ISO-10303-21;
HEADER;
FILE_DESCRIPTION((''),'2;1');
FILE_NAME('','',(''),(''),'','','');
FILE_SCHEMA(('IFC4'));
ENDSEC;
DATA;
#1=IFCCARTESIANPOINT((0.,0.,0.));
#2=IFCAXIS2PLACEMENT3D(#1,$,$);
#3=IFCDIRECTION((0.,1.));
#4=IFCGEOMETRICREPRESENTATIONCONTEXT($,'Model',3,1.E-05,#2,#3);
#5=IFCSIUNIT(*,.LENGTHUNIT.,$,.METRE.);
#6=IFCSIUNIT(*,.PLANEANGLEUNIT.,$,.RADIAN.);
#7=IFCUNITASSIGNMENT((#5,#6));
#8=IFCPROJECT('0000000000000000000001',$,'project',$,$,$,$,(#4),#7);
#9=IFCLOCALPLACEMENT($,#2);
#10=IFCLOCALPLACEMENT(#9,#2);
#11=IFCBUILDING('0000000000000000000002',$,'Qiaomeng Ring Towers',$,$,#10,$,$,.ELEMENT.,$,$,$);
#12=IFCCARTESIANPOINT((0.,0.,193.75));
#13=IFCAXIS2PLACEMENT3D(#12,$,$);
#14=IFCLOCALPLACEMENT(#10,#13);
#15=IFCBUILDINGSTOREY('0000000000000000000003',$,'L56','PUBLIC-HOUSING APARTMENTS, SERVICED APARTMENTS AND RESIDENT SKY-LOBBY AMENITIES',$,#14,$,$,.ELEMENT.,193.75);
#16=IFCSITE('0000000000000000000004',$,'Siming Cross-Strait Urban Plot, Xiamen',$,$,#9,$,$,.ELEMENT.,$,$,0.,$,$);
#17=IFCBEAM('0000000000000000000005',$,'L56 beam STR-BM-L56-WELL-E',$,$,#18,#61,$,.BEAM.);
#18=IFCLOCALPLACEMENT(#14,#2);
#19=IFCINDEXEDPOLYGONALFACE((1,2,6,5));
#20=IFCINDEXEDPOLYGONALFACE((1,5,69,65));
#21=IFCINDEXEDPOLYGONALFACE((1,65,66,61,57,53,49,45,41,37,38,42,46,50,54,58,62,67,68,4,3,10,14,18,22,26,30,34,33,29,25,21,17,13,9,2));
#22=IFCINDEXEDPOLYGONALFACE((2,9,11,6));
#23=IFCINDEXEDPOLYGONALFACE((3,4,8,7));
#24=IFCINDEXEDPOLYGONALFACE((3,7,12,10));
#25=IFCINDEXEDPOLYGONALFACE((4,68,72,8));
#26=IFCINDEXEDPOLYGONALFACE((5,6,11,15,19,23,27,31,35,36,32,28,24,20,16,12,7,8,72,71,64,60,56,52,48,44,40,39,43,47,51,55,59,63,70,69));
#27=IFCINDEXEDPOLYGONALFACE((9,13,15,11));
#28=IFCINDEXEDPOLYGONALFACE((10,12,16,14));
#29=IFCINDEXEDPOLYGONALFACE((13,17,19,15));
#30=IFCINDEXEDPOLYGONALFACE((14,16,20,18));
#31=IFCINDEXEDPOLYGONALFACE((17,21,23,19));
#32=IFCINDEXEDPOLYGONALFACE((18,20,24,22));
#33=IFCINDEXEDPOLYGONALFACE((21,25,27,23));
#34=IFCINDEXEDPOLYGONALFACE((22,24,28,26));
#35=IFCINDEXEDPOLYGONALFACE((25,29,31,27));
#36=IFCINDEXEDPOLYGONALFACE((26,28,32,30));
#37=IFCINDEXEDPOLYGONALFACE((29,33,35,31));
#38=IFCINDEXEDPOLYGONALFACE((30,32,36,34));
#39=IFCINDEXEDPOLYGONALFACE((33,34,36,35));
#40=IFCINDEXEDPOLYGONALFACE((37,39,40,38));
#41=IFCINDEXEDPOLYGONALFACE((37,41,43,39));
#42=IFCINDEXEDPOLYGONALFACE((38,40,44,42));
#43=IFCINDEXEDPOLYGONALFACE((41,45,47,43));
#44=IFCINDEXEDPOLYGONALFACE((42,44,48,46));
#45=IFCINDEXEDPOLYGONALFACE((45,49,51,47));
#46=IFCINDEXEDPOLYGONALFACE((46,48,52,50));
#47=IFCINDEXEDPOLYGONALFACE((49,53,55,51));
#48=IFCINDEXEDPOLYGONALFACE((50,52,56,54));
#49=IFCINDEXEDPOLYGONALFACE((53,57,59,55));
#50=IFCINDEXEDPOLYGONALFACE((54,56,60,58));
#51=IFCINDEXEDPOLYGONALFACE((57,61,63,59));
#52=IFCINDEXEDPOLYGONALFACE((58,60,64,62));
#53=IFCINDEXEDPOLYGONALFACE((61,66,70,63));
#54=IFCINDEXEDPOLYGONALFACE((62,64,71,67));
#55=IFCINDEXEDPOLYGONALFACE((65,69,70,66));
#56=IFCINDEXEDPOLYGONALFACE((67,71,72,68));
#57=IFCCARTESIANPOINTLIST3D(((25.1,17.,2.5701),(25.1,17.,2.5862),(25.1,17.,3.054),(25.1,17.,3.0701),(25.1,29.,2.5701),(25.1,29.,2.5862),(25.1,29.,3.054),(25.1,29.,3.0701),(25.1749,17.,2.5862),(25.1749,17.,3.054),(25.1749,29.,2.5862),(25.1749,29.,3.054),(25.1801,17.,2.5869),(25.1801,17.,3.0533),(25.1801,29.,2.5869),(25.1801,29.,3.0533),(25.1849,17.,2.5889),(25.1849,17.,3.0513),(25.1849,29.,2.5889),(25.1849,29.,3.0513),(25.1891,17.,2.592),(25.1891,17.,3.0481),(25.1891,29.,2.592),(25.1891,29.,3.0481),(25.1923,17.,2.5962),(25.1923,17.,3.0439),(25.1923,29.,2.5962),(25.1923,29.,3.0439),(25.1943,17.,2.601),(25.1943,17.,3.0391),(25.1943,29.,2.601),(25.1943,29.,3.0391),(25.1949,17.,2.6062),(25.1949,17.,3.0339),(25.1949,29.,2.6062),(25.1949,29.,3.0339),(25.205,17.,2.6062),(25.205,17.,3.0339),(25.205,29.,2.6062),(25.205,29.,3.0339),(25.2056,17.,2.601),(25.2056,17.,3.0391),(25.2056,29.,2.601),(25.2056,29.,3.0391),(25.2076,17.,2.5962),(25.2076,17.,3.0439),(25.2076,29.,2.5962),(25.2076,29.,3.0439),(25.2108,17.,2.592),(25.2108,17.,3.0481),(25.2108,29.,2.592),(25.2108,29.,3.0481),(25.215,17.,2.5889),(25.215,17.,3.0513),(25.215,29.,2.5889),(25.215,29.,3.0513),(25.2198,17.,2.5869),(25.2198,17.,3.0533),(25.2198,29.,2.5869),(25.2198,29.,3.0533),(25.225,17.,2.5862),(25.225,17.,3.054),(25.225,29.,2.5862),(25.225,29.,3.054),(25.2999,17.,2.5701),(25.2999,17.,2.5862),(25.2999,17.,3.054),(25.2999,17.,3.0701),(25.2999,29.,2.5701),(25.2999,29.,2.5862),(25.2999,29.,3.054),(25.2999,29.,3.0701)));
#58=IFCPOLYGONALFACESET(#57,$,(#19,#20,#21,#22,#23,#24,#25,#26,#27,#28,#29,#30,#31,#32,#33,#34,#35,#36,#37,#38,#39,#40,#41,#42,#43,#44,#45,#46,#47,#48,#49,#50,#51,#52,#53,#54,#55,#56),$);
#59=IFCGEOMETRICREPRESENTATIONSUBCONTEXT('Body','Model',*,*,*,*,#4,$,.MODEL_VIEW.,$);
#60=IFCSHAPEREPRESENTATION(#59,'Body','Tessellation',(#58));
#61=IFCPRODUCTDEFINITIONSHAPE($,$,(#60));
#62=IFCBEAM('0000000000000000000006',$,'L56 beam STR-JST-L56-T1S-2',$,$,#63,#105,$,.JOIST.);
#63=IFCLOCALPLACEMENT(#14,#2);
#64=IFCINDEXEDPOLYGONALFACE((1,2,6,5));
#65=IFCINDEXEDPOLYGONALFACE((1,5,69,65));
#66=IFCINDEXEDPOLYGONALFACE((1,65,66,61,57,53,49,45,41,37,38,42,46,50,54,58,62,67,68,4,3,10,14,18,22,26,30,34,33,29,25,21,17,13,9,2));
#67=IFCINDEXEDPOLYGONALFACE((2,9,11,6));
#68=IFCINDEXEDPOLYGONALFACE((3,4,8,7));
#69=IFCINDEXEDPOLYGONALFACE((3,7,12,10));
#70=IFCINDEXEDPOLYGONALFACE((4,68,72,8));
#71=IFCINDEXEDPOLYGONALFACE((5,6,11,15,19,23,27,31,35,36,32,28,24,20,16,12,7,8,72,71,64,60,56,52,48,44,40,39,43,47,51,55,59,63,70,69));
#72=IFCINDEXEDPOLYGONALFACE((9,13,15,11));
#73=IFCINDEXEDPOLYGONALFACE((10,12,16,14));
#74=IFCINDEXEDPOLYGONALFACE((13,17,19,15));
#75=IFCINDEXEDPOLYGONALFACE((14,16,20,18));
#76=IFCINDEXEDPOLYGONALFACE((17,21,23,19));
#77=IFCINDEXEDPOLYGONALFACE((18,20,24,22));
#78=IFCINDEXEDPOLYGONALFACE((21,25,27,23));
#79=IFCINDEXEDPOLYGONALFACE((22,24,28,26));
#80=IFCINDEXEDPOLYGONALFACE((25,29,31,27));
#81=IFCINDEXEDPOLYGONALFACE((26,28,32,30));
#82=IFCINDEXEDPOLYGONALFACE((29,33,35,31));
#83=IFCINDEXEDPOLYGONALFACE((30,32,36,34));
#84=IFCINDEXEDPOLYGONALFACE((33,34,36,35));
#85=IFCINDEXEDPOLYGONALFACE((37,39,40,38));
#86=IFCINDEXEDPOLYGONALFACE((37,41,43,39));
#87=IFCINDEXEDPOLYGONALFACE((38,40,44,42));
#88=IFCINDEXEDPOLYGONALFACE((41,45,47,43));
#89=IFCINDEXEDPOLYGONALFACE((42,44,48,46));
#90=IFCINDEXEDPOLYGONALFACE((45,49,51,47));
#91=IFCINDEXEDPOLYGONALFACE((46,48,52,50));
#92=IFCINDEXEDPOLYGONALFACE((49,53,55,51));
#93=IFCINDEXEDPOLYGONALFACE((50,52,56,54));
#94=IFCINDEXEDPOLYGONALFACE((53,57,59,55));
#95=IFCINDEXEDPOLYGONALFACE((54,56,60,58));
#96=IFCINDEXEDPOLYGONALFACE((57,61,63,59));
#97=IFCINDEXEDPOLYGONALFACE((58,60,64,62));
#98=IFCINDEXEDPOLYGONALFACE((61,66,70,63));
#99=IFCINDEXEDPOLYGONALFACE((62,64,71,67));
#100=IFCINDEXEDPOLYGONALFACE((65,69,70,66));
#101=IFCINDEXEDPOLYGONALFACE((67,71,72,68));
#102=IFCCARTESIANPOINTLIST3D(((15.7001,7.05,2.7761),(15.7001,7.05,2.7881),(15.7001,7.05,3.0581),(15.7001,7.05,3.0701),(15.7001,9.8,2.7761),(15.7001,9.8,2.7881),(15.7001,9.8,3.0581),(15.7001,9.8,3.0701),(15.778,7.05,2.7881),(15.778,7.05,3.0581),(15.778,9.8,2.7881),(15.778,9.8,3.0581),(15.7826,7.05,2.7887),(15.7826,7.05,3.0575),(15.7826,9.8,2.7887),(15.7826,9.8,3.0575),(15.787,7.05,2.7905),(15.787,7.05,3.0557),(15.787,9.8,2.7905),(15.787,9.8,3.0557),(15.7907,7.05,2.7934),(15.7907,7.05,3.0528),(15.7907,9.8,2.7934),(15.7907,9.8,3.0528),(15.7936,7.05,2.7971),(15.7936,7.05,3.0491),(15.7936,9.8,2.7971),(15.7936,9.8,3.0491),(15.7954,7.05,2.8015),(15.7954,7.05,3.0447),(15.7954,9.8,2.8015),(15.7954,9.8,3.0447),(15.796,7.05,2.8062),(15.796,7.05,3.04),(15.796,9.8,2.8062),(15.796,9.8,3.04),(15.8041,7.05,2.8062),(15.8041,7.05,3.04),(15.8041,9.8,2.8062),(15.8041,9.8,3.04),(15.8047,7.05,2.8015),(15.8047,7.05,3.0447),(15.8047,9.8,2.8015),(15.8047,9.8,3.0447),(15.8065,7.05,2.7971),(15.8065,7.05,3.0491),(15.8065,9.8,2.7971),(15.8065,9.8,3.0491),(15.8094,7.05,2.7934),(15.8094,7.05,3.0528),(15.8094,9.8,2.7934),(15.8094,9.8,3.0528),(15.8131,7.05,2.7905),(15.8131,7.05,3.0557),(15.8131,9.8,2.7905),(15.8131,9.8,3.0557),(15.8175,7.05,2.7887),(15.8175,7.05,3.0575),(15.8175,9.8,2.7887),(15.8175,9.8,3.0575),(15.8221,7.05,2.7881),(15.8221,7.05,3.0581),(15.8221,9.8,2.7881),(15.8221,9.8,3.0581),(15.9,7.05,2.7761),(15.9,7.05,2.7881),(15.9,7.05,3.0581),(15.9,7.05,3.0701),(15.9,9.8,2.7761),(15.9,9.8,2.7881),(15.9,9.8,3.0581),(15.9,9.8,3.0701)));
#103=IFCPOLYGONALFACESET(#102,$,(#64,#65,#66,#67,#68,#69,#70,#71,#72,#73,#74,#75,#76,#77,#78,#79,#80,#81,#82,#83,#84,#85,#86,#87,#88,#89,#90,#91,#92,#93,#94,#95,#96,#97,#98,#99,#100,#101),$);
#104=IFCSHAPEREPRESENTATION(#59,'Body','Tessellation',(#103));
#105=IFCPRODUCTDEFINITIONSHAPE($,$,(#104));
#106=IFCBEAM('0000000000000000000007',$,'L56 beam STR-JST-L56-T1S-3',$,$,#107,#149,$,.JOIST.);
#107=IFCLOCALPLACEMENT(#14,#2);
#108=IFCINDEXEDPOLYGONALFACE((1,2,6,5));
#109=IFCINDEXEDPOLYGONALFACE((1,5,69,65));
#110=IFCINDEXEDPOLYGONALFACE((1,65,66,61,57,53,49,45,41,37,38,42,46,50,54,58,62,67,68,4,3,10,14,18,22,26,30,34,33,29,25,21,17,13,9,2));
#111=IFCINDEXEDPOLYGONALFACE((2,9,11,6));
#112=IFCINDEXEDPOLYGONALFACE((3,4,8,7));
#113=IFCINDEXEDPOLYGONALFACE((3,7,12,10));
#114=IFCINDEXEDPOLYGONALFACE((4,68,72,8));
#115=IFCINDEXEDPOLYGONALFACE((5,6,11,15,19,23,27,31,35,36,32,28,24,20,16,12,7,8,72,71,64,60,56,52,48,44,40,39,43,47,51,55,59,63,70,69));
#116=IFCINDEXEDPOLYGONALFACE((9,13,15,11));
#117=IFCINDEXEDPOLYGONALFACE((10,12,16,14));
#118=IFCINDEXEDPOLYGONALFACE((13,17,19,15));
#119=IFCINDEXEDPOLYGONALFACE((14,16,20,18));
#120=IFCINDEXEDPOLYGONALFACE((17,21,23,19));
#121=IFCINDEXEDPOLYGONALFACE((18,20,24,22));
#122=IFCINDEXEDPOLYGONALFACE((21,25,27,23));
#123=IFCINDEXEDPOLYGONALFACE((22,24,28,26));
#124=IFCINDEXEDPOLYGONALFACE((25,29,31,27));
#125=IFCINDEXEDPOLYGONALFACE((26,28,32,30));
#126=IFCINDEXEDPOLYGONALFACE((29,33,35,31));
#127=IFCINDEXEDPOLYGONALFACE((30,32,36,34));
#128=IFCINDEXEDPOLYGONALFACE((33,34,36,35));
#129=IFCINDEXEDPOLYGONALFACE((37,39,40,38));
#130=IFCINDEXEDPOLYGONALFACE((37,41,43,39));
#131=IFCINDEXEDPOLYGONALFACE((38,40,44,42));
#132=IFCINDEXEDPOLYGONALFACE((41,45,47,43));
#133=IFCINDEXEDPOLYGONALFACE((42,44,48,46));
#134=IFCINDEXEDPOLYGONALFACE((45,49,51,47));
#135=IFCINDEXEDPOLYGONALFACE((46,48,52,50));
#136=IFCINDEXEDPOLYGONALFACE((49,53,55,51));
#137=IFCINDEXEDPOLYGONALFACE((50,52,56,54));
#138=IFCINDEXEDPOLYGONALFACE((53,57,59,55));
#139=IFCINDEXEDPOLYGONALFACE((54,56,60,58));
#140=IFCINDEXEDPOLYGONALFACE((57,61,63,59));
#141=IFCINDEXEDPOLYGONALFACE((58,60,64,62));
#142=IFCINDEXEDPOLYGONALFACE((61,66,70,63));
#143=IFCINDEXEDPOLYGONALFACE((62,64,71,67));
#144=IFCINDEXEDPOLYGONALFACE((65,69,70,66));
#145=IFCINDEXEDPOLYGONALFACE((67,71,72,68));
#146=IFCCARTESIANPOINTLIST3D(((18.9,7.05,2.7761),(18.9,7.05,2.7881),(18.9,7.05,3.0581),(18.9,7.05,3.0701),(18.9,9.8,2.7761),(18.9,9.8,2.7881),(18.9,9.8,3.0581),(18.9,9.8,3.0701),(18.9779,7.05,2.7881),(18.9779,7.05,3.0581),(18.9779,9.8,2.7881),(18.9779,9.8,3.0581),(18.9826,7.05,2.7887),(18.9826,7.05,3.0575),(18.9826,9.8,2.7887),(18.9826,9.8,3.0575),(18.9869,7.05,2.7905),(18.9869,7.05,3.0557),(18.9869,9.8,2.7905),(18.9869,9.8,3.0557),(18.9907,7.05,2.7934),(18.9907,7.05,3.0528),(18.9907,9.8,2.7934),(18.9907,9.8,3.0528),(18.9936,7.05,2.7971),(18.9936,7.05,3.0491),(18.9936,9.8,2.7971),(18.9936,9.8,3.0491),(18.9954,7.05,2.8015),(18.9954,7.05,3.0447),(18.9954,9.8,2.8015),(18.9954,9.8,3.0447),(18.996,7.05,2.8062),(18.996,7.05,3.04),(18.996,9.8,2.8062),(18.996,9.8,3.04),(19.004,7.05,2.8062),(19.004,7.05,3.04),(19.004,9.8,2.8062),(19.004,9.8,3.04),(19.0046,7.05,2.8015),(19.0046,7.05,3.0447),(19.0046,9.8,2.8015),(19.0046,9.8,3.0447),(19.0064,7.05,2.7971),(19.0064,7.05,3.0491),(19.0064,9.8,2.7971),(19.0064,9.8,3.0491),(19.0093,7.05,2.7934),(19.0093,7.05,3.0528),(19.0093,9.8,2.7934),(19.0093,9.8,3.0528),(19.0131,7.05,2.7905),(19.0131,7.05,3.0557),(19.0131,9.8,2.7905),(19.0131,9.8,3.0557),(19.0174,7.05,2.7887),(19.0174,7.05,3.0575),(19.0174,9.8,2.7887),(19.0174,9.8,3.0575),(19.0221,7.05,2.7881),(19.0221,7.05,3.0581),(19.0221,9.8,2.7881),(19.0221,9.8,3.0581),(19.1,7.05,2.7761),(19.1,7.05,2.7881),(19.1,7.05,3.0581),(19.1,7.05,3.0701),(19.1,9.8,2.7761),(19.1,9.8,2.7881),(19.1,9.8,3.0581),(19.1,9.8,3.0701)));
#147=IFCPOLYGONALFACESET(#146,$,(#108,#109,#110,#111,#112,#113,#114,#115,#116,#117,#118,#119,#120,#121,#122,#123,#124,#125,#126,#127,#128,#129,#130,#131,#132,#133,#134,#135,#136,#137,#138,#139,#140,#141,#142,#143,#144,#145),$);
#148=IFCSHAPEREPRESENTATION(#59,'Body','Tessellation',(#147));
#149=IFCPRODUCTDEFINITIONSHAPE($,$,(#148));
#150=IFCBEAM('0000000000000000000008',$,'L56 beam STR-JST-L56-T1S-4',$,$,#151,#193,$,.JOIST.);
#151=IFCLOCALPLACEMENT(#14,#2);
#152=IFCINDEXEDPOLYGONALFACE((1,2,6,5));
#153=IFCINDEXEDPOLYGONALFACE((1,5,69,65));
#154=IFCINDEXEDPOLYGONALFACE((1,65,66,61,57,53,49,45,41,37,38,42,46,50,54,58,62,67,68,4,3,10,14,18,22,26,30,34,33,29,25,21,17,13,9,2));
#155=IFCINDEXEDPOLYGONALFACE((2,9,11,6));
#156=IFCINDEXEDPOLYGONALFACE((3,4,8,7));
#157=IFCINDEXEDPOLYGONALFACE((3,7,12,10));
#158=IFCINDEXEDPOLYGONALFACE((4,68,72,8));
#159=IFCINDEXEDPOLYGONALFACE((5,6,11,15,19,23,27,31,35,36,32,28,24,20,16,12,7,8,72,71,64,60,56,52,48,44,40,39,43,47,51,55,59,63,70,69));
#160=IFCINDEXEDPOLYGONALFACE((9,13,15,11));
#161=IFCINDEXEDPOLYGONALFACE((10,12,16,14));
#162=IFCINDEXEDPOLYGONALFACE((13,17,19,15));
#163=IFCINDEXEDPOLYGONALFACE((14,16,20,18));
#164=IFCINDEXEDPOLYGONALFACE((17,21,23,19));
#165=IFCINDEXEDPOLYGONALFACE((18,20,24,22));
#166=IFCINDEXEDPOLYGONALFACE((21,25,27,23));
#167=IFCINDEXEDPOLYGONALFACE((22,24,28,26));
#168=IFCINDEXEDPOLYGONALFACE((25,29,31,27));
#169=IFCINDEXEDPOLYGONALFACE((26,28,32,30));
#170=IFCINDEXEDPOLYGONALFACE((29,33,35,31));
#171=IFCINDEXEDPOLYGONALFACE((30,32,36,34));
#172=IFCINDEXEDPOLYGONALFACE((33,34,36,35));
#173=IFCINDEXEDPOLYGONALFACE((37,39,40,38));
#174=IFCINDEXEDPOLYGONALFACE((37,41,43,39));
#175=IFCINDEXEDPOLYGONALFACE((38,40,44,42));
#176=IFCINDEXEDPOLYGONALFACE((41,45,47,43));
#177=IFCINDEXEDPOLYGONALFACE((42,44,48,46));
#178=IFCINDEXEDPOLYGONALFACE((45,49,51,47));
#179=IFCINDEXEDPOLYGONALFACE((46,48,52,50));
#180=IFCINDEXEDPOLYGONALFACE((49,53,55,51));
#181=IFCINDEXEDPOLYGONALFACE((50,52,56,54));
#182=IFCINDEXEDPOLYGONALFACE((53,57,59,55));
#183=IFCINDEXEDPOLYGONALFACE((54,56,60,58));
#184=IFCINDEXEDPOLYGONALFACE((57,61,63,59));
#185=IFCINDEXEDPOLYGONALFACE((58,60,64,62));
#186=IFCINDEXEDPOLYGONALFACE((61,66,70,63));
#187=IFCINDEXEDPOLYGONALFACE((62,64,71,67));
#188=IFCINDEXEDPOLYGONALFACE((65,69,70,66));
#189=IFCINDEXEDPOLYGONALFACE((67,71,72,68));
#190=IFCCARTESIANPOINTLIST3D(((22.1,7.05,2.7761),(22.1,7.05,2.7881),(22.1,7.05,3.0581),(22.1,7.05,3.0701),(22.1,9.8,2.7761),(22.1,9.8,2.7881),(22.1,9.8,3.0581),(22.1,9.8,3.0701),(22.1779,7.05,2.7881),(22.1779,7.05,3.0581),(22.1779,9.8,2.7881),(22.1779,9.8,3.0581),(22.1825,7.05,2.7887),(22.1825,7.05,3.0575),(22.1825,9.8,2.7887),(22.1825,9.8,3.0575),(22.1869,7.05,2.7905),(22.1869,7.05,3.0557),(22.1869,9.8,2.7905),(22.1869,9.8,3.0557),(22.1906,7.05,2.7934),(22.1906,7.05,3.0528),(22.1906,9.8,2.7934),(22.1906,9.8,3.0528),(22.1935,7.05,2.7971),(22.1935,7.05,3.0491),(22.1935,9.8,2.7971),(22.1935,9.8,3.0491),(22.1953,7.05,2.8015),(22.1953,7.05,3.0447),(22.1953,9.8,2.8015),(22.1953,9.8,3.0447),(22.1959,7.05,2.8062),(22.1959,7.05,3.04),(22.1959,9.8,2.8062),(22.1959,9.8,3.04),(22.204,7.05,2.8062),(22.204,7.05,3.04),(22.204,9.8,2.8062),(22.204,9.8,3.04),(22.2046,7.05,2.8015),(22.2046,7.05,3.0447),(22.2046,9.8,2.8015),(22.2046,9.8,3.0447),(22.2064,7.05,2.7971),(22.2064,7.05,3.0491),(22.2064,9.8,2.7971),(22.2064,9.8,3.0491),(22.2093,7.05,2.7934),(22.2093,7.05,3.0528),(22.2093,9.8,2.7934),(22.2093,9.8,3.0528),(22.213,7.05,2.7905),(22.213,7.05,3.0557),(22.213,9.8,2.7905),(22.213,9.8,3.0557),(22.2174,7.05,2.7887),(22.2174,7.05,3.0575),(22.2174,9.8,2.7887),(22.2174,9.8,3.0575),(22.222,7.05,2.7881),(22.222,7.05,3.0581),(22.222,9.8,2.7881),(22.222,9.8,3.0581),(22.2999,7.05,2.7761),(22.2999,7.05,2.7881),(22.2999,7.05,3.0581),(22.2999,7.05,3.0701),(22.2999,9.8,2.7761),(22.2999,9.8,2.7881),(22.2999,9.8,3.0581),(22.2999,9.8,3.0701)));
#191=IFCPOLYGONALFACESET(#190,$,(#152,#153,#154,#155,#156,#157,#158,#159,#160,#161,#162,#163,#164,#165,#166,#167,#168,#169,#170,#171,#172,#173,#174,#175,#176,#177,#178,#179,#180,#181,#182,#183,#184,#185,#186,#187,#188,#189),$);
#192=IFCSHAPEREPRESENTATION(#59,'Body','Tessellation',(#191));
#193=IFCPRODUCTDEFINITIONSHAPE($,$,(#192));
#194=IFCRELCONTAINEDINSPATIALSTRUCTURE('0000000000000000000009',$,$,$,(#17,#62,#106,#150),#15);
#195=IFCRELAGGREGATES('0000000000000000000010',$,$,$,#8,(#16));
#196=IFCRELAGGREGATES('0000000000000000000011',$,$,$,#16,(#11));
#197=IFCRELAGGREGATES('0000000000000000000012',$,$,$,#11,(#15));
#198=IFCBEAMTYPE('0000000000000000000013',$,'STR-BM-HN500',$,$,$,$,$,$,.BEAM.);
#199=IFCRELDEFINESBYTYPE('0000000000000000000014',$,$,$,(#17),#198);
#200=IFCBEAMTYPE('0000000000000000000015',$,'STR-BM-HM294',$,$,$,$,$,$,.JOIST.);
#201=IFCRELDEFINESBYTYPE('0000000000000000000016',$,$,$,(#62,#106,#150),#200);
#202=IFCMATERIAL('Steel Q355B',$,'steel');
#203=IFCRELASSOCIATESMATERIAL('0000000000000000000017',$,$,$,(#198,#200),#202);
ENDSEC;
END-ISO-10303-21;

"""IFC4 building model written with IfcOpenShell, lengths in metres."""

from ifc_helpers import new_model, si_unit, direction, frame, origin, origin_2d, place, context, subcontext, project, spatial, i_section, extrude, source, transform, mapped, material, material_profile, profile_set, type_object, element, save


model = new_model("IFC4")

# Units and contexts
model_context = context("Model", 3, precision=1e-05, world=origin(), true_north=direction((0.0, 1.0)))
body_context = subcontext(model_context, "Body", "Model", "MODEL_VIEW")
ifc_project = project(units=[si_unit("LENGTHUNIT", "METRE"), si_unit("PLANEANGLEUNIT", "RADIAN")], contexts=[model_context])

# Site, building, storey
site_placement = place(None, origin())
site = spatial("IfcSite", under=ifc_project, at=site_placement, Name="Siming Cross-Strait Urban Plot, Xiamen", CompositionType="ELEMENT", RefElevation=0.0)
building_placement = place(site_placement, origin())
building = spatial("IfcBuilding", under=site, at=building_placement, Name="Qiaomeng Ring Towers", CompositionType="ELEMENT")
storey_placement = place(building_placement, frame((0.0, 0.0, 193.75)))
storey = spatial("IfcBuildingStorey", under=building, at=storey_placement, Name="L56", Description="PUBLIC-HOUSING APARTMENTS, SERVICED APARTMENTS AND RESIDENT SKY-LOBBY AMENITIES", CompositionType="ELEMENT", Elevation=193.75)

# Beams
ifc_material_1 = material(Name="Steel Q355B", Category="steel")
ifc_material_profile_1 = material_profile(ifc_material_1, i_section(OverallWidth=0.2, OverallDepth=0.5, WebThickness=0.01, FlangeThickness=0.0161, FilletRadius=0.02, at=origin_2d()), Name="HN 500x200x10x16")
ifc_profile_set_1 = profile_set([ifc_material_profile_1], Name="Steel Q355B")
beam_type_1 = type_object("IfcBeamType", Name="STR-BM-HN500", PredefinedType="BEAM", material=ifc_profile_set_1)
shared_shape_1 = source(origin(), body_context, "Body", "SweptSolid", [
    extrude(i_section(OverallWidth=0.2, OverallDepth=0.5, WebThickness=0.01, FlangeThickness=0.0161, FilletRadius=0.02, at=origin_2d()), origin(), (0.0, 0.0, 1.0), 12.0),
])
beam_1_placement = place(storey_placement, frame((25.2, 17.0, 2.8201), z_axis=(0.0, 1.0, 0.0), x_axis=(-1.0, 0.0, 0.0)))
element("IfcBeam", 1, at=beam_1_placement, inside=storey, type_object=beam_type_1, Name="L56 beam STR-BM-L56-WELL-E", PredefinedType="BEAM", context=body_context, shape_type="MappedRepresentation", body=[
    mapped(shared_shape_1, transform((0.0, 0.0, 0.0), x_axis=(1.0, 0.0, 0.0), y_axis=(0.0, 1.0, 0.0), z_axis=(0.0, 0.0, 1.0), scale=1.0)),
])
ifc_material_profile_2 = material_profile(ifc_material_1, i_section(OverallWidth=0.2, OverallDepth=0.2939, WebThickness=0.0081, FlangeThickness=0.012, FilletRadius=0.0181, at=origin_2d()), Name="HM 294x200x8x12")
ifc_profile_set_2 = profile_set([ifc_material_profile_2], Name="Steel Q355B")
beam_type_2 = type_object("IfcBeamType", Name="STR-BM-HM294", PredefinedType="JOIST", material=ifc_profile_set_2)
shared_shape_2 = source(origin(), body_context, "Body", "SweptSolid", [
    extrude(i_section(OverallWidth=0.2, OverallDepth=0.2939, WebThickness=0.0081, FlangeThickness=0.012, FilletRadius=0.0181, at=origin_2d()), origin(), (0.0, 0.0, 1.0), 2.75),
])
for number, where, z_axis, x_axis, name in (
    (2, (15.8, 7.05, 2.9231), (0.0, 1.0, 0.0), (-1.0, 0.0, 0.0), "L56 beam STR-JST-L56-T1S-2"),
    (3, (19.0, 7.05, 2.9231), (0.0, 1.0, 0.0), (-1.0, 0.0, 0.0), "L56 beam STR-JST-L56-T1S-3"),
    (4, (22.2, 7.05, 2.9231), (0.0, 1.0, 0.0), (-1.0, 0.0, 0.0), "L56 beam STR-JST-L56-T1S-4"),
):
    element("IfcBeam", number, at=place(storey_placement, frame(where, z_axis=z_axis, x_axis=x_axis)), inside=storey, type_object=beam_type_2, Name=name, PredefinedType="JOIST", context=body_context, shape_type="MappedRepresentation", body=[
        mapped(shared_shape_2, transform((0.0, 0.0, 0.0), x_axis=(1.0, 0.0, 0.0), y_axis=(0.0, 1.0, 0.0), z_axis=(0.0, 0.0, 1.0), scale=1.0)),
    ])

save(model, "model.ifc")
